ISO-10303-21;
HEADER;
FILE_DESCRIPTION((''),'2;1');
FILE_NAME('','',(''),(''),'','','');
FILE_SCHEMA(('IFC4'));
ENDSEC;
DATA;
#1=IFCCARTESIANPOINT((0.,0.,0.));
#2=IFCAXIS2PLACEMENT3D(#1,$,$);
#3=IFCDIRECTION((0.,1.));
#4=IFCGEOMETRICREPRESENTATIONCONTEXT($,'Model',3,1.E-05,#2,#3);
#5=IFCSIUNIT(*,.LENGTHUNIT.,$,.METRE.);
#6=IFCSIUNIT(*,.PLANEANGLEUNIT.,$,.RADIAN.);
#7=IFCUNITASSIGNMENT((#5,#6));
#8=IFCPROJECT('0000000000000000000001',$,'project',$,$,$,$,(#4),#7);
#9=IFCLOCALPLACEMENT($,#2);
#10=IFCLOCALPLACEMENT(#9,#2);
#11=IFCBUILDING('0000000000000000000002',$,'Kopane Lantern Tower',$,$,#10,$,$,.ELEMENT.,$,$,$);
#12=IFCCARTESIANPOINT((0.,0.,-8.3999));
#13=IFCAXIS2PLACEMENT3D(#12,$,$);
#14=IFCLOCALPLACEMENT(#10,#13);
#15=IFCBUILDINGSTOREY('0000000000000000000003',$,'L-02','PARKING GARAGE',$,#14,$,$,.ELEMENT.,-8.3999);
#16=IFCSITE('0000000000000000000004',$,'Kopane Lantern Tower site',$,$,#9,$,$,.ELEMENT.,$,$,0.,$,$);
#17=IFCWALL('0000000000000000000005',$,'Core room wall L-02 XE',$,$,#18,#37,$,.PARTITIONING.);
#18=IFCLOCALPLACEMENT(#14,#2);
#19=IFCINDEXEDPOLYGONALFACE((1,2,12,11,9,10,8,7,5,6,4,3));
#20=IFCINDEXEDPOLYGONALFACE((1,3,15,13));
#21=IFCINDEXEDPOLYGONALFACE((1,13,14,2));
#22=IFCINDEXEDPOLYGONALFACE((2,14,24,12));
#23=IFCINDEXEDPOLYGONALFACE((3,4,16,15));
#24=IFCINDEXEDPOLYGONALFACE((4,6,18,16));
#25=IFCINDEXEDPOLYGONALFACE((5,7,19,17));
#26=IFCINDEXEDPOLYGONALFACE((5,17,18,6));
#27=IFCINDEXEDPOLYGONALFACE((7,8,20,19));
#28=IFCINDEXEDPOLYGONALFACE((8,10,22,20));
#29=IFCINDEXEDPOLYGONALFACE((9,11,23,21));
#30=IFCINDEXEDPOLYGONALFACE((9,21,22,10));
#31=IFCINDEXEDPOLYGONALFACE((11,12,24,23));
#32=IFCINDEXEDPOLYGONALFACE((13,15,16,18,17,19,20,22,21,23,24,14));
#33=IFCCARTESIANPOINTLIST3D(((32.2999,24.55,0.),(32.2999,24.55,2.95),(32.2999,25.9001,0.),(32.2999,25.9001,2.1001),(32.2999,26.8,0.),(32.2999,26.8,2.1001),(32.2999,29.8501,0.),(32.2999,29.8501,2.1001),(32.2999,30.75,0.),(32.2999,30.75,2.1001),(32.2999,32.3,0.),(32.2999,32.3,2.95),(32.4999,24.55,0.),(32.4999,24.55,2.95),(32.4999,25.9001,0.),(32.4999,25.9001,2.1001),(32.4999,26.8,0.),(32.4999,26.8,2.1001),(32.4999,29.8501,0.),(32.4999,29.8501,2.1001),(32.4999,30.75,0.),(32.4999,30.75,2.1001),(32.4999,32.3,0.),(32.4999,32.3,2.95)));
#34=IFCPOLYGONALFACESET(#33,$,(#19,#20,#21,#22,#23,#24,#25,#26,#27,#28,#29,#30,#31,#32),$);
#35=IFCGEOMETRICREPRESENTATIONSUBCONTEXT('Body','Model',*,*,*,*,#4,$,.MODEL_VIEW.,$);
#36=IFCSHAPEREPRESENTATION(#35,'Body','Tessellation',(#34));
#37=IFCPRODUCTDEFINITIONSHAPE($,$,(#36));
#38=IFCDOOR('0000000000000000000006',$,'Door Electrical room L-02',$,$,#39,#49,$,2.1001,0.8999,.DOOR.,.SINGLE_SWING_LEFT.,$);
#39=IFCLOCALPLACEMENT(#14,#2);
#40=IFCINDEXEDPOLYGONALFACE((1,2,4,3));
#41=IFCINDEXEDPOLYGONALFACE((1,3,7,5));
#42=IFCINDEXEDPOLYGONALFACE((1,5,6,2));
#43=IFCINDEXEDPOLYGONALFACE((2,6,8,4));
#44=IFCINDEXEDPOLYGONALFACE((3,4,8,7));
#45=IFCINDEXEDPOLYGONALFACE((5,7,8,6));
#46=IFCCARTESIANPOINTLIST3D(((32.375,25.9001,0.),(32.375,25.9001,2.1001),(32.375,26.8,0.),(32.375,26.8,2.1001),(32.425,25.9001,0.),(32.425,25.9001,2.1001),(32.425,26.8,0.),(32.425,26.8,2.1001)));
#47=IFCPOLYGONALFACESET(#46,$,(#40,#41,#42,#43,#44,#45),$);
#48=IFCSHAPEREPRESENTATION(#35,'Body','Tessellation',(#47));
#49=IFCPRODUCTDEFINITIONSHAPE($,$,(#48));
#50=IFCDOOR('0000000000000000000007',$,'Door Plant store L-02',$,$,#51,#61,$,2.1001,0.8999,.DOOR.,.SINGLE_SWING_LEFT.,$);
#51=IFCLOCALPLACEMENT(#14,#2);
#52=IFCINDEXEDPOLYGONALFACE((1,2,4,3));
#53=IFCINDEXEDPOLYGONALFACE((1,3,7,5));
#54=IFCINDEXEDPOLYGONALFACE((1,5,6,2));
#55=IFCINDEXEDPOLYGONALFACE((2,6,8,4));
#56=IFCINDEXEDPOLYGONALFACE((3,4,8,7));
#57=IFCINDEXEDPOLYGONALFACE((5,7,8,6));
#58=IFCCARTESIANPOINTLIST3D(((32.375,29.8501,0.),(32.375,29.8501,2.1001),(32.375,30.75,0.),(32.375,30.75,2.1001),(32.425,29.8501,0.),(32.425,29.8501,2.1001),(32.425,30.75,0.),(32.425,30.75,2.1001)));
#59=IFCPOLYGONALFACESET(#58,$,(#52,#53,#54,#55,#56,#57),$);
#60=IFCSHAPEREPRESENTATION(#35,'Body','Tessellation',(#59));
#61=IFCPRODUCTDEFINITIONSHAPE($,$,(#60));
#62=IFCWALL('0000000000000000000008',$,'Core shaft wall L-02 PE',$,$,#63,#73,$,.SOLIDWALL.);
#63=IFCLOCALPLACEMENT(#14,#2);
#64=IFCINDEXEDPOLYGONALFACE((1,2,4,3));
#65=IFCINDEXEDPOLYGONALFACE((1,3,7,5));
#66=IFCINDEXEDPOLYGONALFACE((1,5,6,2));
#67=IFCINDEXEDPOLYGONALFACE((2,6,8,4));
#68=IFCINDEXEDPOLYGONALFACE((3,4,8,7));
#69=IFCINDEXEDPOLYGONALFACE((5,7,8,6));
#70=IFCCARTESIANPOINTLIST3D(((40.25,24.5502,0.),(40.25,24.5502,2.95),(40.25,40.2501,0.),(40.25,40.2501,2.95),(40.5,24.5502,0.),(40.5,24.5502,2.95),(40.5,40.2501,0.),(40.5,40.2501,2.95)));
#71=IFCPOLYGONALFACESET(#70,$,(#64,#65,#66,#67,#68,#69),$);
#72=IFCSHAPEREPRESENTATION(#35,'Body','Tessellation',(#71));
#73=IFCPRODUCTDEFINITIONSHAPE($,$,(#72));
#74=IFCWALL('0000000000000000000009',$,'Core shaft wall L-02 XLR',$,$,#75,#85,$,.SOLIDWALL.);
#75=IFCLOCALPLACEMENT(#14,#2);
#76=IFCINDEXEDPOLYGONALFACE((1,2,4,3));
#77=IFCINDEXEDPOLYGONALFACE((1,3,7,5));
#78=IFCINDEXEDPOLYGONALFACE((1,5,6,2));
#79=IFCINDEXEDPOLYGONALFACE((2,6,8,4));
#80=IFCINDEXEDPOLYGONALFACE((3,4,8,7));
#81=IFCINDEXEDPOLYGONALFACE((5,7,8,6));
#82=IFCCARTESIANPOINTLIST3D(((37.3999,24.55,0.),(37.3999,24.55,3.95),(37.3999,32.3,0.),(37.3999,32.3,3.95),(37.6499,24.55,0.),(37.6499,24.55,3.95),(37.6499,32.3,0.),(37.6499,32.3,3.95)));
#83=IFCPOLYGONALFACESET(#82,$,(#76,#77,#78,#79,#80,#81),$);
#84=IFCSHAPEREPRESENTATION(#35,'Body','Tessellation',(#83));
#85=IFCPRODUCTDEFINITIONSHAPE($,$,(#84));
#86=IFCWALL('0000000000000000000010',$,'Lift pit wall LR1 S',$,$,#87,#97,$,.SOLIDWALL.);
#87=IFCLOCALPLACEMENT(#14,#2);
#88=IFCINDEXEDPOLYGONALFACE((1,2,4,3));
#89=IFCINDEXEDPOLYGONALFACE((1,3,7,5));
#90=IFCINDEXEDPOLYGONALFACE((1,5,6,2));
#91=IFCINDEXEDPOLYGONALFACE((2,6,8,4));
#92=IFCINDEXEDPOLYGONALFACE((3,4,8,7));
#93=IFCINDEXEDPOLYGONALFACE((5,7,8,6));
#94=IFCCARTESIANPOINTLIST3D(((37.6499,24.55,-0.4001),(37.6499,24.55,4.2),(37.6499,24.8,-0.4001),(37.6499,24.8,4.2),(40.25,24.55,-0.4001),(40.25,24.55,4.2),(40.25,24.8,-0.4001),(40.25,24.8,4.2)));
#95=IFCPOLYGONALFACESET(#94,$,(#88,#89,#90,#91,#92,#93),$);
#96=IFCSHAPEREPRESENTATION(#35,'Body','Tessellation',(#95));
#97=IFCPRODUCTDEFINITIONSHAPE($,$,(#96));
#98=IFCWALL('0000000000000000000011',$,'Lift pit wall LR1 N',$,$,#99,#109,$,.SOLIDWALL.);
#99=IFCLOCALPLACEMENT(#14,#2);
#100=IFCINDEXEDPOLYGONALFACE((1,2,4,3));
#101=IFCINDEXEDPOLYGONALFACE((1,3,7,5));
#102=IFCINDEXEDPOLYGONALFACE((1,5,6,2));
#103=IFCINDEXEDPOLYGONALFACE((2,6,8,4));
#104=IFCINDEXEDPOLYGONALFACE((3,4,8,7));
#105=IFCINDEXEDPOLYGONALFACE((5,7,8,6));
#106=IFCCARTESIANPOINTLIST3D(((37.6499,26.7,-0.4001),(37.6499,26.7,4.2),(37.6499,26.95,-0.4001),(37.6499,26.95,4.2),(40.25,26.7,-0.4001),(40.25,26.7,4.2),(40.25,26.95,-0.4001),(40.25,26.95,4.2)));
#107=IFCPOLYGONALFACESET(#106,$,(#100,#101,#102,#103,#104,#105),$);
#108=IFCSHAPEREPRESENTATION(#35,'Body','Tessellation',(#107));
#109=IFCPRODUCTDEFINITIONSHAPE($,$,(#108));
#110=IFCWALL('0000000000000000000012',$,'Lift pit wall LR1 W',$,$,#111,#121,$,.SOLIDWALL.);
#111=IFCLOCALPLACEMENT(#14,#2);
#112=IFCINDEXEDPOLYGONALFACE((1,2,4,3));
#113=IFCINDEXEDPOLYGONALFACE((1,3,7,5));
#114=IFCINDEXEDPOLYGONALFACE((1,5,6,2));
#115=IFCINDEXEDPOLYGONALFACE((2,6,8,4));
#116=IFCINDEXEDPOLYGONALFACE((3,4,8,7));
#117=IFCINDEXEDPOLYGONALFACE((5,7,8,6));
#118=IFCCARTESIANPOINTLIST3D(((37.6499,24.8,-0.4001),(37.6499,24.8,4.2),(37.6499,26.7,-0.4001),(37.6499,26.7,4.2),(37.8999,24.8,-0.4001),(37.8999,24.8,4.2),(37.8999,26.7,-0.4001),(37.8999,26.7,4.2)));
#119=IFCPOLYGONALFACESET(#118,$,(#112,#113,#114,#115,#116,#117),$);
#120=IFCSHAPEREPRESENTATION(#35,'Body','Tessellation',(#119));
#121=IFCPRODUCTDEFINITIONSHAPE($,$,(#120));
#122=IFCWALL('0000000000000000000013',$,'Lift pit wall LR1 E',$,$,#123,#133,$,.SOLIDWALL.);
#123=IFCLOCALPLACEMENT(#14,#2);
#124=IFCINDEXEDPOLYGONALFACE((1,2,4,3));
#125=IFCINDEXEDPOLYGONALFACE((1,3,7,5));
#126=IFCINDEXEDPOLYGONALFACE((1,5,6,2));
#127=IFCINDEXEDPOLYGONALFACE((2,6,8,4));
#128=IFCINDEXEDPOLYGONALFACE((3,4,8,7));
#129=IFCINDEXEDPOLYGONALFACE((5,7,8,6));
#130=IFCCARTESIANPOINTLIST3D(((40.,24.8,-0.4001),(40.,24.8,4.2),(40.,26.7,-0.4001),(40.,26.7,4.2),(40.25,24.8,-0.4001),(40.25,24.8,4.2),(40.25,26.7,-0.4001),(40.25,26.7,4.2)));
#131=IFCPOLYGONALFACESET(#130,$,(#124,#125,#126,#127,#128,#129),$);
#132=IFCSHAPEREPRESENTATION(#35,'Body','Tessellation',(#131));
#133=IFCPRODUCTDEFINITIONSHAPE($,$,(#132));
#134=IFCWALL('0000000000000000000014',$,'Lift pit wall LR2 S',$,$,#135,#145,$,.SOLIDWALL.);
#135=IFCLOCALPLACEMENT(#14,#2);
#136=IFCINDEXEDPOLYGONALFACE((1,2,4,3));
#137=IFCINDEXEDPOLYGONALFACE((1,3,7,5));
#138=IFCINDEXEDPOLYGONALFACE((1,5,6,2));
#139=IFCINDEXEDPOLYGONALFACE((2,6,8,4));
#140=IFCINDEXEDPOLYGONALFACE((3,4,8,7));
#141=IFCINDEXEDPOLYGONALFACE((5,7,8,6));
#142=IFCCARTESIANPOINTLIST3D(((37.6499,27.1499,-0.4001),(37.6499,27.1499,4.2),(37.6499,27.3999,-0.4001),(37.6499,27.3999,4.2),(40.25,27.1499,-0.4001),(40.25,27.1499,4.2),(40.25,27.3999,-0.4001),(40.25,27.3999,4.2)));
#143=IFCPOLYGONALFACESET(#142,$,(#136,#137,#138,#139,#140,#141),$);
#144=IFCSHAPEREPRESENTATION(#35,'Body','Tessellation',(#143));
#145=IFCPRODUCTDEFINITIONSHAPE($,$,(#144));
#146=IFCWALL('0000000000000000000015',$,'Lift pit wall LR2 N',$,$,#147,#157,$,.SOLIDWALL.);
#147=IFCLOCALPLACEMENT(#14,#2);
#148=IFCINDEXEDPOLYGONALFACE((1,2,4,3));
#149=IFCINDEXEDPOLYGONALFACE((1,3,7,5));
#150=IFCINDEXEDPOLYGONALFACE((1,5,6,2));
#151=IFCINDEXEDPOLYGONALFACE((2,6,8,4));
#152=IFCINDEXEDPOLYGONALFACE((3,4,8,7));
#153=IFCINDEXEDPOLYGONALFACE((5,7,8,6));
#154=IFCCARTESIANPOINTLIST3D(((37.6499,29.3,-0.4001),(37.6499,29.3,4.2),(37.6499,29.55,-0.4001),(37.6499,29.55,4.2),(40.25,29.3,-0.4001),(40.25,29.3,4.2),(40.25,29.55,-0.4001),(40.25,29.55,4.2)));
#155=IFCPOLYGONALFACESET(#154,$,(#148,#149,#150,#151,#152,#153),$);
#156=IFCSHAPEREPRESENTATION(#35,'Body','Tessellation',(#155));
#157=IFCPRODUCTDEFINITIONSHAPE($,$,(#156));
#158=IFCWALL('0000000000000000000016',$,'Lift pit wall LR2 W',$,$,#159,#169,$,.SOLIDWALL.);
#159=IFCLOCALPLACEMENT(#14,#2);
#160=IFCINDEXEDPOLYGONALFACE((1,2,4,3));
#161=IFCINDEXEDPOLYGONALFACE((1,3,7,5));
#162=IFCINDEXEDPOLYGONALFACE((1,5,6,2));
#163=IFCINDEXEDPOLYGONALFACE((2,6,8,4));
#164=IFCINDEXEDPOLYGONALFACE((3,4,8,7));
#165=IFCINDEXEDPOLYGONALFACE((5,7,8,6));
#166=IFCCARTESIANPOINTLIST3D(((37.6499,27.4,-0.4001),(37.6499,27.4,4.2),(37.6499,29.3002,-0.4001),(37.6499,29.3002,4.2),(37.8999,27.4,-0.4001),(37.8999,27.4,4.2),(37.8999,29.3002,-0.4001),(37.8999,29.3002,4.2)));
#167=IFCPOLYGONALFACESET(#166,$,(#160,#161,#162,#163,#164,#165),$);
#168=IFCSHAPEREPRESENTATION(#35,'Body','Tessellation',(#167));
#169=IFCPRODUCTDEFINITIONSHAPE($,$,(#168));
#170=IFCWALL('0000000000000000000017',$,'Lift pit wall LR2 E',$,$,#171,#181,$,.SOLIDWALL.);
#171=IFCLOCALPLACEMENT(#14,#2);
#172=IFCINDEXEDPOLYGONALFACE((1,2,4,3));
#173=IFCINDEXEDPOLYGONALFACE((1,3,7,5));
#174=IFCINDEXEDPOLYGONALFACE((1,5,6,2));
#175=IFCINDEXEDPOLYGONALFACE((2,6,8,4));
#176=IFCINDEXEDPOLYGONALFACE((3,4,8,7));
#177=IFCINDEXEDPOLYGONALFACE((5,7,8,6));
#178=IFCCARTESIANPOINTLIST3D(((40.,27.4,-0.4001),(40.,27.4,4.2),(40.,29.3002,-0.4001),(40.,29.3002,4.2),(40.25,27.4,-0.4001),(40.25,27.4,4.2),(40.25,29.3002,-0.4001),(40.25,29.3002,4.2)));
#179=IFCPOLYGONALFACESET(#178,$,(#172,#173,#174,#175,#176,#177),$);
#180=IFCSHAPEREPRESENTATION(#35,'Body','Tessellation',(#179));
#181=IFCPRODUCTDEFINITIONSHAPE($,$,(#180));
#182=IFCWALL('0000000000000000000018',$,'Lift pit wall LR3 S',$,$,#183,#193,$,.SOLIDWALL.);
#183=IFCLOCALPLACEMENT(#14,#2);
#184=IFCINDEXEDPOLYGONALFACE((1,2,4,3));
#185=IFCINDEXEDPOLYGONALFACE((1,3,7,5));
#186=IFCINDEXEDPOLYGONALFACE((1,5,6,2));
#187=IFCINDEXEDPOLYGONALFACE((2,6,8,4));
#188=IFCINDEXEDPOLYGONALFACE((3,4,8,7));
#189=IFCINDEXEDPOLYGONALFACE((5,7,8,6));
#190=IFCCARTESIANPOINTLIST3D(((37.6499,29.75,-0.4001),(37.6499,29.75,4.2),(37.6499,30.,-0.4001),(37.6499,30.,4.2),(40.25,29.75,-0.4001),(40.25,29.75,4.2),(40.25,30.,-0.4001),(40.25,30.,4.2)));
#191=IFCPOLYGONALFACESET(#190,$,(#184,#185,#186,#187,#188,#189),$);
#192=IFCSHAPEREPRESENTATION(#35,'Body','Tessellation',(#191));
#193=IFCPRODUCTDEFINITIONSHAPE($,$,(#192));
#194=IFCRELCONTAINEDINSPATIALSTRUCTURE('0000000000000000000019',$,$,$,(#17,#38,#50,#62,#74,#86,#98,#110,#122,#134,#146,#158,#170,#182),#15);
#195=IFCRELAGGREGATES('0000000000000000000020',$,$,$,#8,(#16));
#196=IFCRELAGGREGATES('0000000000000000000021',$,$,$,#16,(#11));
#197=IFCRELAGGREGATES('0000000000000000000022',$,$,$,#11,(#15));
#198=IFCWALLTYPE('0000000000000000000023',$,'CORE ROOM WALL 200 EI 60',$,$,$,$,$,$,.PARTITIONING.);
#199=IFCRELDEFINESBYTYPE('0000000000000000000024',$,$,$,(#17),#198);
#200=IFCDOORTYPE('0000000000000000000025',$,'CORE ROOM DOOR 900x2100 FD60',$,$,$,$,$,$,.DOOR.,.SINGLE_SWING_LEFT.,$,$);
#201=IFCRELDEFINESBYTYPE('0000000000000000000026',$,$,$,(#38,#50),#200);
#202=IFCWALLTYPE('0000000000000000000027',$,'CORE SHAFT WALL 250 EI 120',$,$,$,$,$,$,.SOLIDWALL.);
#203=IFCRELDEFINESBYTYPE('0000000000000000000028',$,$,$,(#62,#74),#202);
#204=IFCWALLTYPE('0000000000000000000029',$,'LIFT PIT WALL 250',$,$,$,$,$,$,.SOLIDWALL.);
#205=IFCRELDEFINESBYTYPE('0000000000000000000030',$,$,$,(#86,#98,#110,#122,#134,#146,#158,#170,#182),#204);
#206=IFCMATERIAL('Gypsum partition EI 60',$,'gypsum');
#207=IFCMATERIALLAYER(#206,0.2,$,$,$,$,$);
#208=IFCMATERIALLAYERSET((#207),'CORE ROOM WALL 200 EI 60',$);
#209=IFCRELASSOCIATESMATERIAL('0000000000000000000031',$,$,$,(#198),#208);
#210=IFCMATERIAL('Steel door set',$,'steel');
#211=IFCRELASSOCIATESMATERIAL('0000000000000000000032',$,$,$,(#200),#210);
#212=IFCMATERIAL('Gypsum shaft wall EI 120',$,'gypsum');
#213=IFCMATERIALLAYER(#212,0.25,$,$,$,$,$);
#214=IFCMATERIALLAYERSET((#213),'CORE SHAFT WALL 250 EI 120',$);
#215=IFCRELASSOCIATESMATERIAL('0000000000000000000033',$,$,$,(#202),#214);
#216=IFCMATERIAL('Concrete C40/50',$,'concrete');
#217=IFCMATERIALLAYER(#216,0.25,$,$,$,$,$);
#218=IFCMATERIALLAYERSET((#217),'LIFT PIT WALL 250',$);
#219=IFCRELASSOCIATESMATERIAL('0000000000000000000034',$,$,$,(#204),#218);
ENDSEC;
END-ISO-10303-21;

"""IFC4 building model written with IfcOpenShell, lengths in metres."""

from ifc_helpers import new_model, si_unit, direction, frame, frame_2d, origin, place, context, subcontext, project, spatial, rectangle, extrude, material, layer, layer_set, type_object, element, fill, save


model = new_model("IFC4")

# Units and contexts
model_context = context("Model", 3, precision=1e-05, world=origin(), true_north=direction((0.0, 1.0)))
body_context = subcontext(model_context, "Body", "Model", "MODEL_VIEW")
ifc_project = project(units=[si_unit("LENGTHUNIT", "METRE"), si_unit("PLANEANGLEUNIT", "RADIAN")], contexts=[model_context])

# Site, building, storey
site_placement = place(None, origin())
site = spatial("IfcSite", under=ifc_project, at=site_placement, Name="Kopane Lantern Tower site", CompositionType="ELEMENT", RefElevation=0.0)
building_placement = place(site_placement, origin())
building = spatial("IfcBuilding", under=site, at=building_placement, Name="Kopane Lantern Tower", CompositionType="ELEMENT")
storey_placement = place(building_placement, frame((0.0, 0.0, -8.3999)))
storey = spatial("IfcBuildingStorey", under=building, at=storey_placement, Name="L-02", Description="PARKING GARAGE", CompositionType="ELEMENT", Elevation=-8.3999)

# Wall, openings, doors
ifc_material_1 = material(Name="Gypsum partition EI 60", Category="gypsum")
ifc_layer_1 = layer(ifc_material_1, 0.2)
ifc_layer_set_1 = layer_set([ifc_layer_1], Name="CORE ROOM WALL 200 EI 60")
wall_type_1 = type_object("IfcWallType", Name="CORE ROOM WALL 200 EI 60", PredefinedType="PARTITIONING", material=ifc_layer_set_1)
wall_1_placement = place(storey_placement, frame((32.3999, 24.55, 0.0), z_axis=(0.0, 0.0, 1.0), x_axis=(0.0, 1.0, 0.0)))
wall_1 = element("IfcWall", 1, at=wall_1_placement, inside=storey, type_object=wall_type_1, Name="Core room wall L-02 XE", PredefinedType="PARTITIONING", context=body_context, shape_type="SweptSolid", body=[
    extrude(rectangle(XDim=7.75, YDim=0.2, at=frame_2d((3.875, 0.0))), origin(), (0.0, 0.0, 1.0), 2.95),
])
opening_1_placement = place(wall_1_placement, frame((1.3501, 0.0, 0.0)))
opening_1 = element("IfcOpeningElement", 2, at=opening_1_placement, cuts=wall_1, PredefinedType="OPENING", context=body_context, shape_type="SweptSolid", body=[
    extrude(rectangle(XDim=0.8999, YDim=2.1001, at=frame_2d((0.45, 1.05))), frame((0.0, 0.1099, 0.0), z_axis=(0.0, -1.0, 0.0), x_axis=(1.0, 0.0, 0.0)), (0.0, 0.0, 1.0), 0.22),
])
opening_2_placement = place(wall_1_placement, frame((5.3, 0.0, 0.0)))
opening_2 = element("IfcOpeningElement", 3, at=opening_2_placement, cuts=wall_1, PredefinedType="OPENING", context=body_context, shape_type="SweptSolid", body=[
    extrude(rectangle(XDim=0.8999, YDim=2.1001, at=frame_2d((0.45, 1.05))), frame((0.0, 0.1099, 0.0), z_axis=(0.0, -1.0, 0.0), x_axis=(1.0, 0.0, 0.0)), (0.0, 0.0, 1.0), 0.22),
])
ifc_material_2 = material(Name="Steel door set", Category="steel")
door_type_1 = type_object("IfcDoorType", Name="CORE ROOM DOOR 900x2100 FD60", OperationType="SINGLE_SWING_LEFT", PredefinedType="DOOR", material=ifc_material_2)
door_1_placement = place(opening_1_placement, origin())
door_1 = element("IfcDoor", 4, at=door_1_placement, inside=storey, type_object=door_type_1, Name="Door Electrical room L-02", OperationType="SINGLE_SWING_LEFT", OverallHeight=2.1001, OverallWidth=0.8999, PredefinedType="DOOR", context=body_context, shape_type="SweptSolid", body=[
    extrude(rectangle(XDim=0.8999, YDim=2.1001, at=frame_2d((0.45, 1.05))), frame((0.0, 0.0249, 0.0), z_axis=(0.0, -1.0, 0.0), x_axis=(1.0, 0.0, 0.0)), (0.0, 0.0, 1.0), 0.05),
])
fill(opening_1, door_1)
door_2_placement = place(opening_2_placement, origin())
door_2 = element("IfcDoor", 5, at=door_2_placement, inside=storey, type_object=door_type_1, Name="Door Plant store L-02", OperationType="SINGLE_SWING_LEFT", OverallHeight=2.1001, OverallWidth=0.8999, PredefinedType="DOOR", context=body_context, shape_type="SweptSolid", body=[
    extrude(rectangle(XDim=0.8999, YDim=2.1001, at=frame_2d((0.45, 1.05))), frame((0.0, 0.0249, 0.0), z_axis=(0.0, -1.0, 0.0), x_axis=(1.0, 0.0, 0.0)), (0.0, 0.0, 1.0), 0.05),
])
fill(opening_2, door_2)

# Walls
ifc_material_3 = material(Name="Gypsum shaft wall EI 120", Category="gypsum")
ifc_layer_2 = layer(ifc_material_3, 0.25)
ifc_layer_set_2 = layer_set([ifc_layer_2], Name="CORE SHAFT WALL 250 EI 120")
wall_type_2 = type_object("IfcWallType", Name="CORE SHAFT WALL 250 EI 120", PredefinedType="SOLIDWALL", material=ifc_layer_set_2)
wall_2_placement = place(storey_placement, frame((40.375, 24.55, 0.0), z_axis=(0.0, 0.0, 1.0), x_axis=(0.0, 1.0, 0.0)))
element("IfcWall", 6, at=wall_2_placement, inside=storey, type_object=wall_type_2, Name="Core shaft wall L-02 PE", PredefinedType="SOLIDWALL", context=body_context, shape_type="SweptSolid", body=[
    extrude(rectangle(XDim=15.7, YDim=0.25, at=frame_2d((7.8501, 0.0))), origin(), (0.0, 0.0, 1.0), 2.95),
])
wall_3_placement = place(storey_placement, frame((37.5249, 24.55, 0.0), z_axis=(0.0, 0.0, 1.0), x_axis=(0.0, 1.0, 0.0)))
element("IfcWall", 7, at=wall_3_placement, inside=storey, type_object=wall_type_2, Name="Core shaft wall L-02 XLR", PredefinedType="SOLIDWALL", context=body_context, shape_type="SweptSolid", body=[
    extrude(rectangle(XDim=7.75, YDim=0.25, at=frame_2d((3.875, 0.0))), origin(), (0.0, 0.0, 1.0), 3.95),
])
ifc_material_4 = material(Name="Concrete C40/50", Category="concrete")
ifc_layer_3 = layer(ifc_material_4, 0.25)
ifc_layer_set_3 = layer_set([ifc_layer_3], Name="LIFT PIT WALL 250")
wall_type_3 = type_object("IfcWallType", Name="LIFT PIT WALL 250", PredefinedType="SOLIDWALL", material=ifc_layer_set_3)
for number, where, z_axis, x_axis, name in (
    (8, (37.6499, 24.675, -0.4001), (0.0, 0.0, 1.0), (1.0, 0.0, 0.0), "Lift pit wall LR1 S"),
    (9, (37.6499, 26.825, -0.4001), (0.0, 0.0, 1.0), (1.0, 0.0, 0.0), "Lift pit wall LR1 N"),
):
    element("IfcWall", number, at=place(storey_placement, frame(where, z_axis=z_axis, x_axis=x_axis)), inside=storey, type_object=wall_type_3, Name=name, PredefinedType="SOLIDWALL", context=body_context, shape_type="SweptSolid", body=[
        extrude(rectangle(XDim=2.6001, YDim=0.25, at=frame_2d((1.3, 0.0))), origin(), (0.0, 0.0, 1.0), 4.6001),
    ])
for number, where, z_axis, x_axis, name in (
    (10, (37.7749, 24.8, -0.4001), (0.0, 0.0, 1.0), (0.0, 1.0, 0.0), "Lift pit wall LR1 W"),
    (11, (40.125, 24.8, -0.4001), (0.0, 0.0, 1.0), (0.0, 1.0, 0.0), "Lift pit wall LR1 E"),
):
    element("IfcWall", number, at=place(storey_placement, frame(where, z_axis=z_axis, x_axis=x_axis)), inside=storey, type_object=wall_type_3, Name=name, PredefinedType="SOLIDWALL", context=body_context, shape_type="SweptSolid", body=[
        extrude(rectangle(XDim=1.8999, YDim=0.25, at=frame_2d((0.95, 0.0))), origin(), (0.0, 0.0, 1.0), 4.6001),
    ])
for number, where, z_axis, x_axis, name in (
    (12, (37.6499, 27.2749, -0.4001), (0.0, 0.0, 1.0), (1.0, 0.0, 0.0), "Lift pit wall LR2 S"),
    (13, (37.6499, 29.425, -0.4001), (0.0, 0.0, 1.0), (1.0, 0.0, 0.0), "Lift pit wall LR2 N"),
):
    element("IfcWall", number, at=place(storey_placement, frame(where, z_axis=z_axis, x_axis=x_axis)), inside=storey, type_object=wall_type_3, Name=name, PredefinedType="SOLIDWALL", context=body_context, shape_type="SweptSolid", body=[
        extrude(rectangle(XDim=2.6001, YDim=0.25, at=frame_2d((1.3, 0.0))), origin(), (0.0, 0.0, 1.0), 4.6001),
    ])
for number, where, z_axis, x_axis, name in (
    (14, (37.7749, 27.3999, -0.4001), (0.0, 0.0, 1.0), (0.0, 1.0, 0.0), "Lift pit wall LR2 W"),
    (15, (40.125, 27.3999, -0.4001), (0.0, 0.0, 1.0), (0.0, 1.0, 0.0), "Lift pit wall LR2 E"),
):
    element("IfcWall", number, at=place(storey_placement, frame(where, z_axis=z_axis, x_axis=x_axis)), inside=storey, type_object=wall_type_3, Name=name, PredefinedType="SOLIDWALL", context=body_context, shape_type="SweptSolid", body=[
        extrude(rectangle(XDim=1.9001, YDim=0.25, at=frame_2d((0.9502, 0.0))), origin(), (0.0, 0.0, 1.0), 4.6001),
    ])
for number, where, z_axis, x_axis, name in (
    (16, (37.6499, 29.875, -0.4001), (0.0, 0.0, 1.0), (1.0, 0.0, 0.0), "Lift pit wall LR3 S"),
):
    element("IfcWall", number, at=place(storey_placement, frame(where, z_axis=z_axis, x_axis=x_axis)), inside=storey, type_object=wall_type_3, Name=name, PredefinedType="SOLIDWALL", context=body_context, shape_type="SweptSolid", body=[
        extrude(rectangle(XDim=2.6001, YDim=0.25, at=frame_2d((1.3, 0.0))), origin(), (0.0, 0.0, 1.0), 4.6001),
    ])

save(model, "model.ifc")
